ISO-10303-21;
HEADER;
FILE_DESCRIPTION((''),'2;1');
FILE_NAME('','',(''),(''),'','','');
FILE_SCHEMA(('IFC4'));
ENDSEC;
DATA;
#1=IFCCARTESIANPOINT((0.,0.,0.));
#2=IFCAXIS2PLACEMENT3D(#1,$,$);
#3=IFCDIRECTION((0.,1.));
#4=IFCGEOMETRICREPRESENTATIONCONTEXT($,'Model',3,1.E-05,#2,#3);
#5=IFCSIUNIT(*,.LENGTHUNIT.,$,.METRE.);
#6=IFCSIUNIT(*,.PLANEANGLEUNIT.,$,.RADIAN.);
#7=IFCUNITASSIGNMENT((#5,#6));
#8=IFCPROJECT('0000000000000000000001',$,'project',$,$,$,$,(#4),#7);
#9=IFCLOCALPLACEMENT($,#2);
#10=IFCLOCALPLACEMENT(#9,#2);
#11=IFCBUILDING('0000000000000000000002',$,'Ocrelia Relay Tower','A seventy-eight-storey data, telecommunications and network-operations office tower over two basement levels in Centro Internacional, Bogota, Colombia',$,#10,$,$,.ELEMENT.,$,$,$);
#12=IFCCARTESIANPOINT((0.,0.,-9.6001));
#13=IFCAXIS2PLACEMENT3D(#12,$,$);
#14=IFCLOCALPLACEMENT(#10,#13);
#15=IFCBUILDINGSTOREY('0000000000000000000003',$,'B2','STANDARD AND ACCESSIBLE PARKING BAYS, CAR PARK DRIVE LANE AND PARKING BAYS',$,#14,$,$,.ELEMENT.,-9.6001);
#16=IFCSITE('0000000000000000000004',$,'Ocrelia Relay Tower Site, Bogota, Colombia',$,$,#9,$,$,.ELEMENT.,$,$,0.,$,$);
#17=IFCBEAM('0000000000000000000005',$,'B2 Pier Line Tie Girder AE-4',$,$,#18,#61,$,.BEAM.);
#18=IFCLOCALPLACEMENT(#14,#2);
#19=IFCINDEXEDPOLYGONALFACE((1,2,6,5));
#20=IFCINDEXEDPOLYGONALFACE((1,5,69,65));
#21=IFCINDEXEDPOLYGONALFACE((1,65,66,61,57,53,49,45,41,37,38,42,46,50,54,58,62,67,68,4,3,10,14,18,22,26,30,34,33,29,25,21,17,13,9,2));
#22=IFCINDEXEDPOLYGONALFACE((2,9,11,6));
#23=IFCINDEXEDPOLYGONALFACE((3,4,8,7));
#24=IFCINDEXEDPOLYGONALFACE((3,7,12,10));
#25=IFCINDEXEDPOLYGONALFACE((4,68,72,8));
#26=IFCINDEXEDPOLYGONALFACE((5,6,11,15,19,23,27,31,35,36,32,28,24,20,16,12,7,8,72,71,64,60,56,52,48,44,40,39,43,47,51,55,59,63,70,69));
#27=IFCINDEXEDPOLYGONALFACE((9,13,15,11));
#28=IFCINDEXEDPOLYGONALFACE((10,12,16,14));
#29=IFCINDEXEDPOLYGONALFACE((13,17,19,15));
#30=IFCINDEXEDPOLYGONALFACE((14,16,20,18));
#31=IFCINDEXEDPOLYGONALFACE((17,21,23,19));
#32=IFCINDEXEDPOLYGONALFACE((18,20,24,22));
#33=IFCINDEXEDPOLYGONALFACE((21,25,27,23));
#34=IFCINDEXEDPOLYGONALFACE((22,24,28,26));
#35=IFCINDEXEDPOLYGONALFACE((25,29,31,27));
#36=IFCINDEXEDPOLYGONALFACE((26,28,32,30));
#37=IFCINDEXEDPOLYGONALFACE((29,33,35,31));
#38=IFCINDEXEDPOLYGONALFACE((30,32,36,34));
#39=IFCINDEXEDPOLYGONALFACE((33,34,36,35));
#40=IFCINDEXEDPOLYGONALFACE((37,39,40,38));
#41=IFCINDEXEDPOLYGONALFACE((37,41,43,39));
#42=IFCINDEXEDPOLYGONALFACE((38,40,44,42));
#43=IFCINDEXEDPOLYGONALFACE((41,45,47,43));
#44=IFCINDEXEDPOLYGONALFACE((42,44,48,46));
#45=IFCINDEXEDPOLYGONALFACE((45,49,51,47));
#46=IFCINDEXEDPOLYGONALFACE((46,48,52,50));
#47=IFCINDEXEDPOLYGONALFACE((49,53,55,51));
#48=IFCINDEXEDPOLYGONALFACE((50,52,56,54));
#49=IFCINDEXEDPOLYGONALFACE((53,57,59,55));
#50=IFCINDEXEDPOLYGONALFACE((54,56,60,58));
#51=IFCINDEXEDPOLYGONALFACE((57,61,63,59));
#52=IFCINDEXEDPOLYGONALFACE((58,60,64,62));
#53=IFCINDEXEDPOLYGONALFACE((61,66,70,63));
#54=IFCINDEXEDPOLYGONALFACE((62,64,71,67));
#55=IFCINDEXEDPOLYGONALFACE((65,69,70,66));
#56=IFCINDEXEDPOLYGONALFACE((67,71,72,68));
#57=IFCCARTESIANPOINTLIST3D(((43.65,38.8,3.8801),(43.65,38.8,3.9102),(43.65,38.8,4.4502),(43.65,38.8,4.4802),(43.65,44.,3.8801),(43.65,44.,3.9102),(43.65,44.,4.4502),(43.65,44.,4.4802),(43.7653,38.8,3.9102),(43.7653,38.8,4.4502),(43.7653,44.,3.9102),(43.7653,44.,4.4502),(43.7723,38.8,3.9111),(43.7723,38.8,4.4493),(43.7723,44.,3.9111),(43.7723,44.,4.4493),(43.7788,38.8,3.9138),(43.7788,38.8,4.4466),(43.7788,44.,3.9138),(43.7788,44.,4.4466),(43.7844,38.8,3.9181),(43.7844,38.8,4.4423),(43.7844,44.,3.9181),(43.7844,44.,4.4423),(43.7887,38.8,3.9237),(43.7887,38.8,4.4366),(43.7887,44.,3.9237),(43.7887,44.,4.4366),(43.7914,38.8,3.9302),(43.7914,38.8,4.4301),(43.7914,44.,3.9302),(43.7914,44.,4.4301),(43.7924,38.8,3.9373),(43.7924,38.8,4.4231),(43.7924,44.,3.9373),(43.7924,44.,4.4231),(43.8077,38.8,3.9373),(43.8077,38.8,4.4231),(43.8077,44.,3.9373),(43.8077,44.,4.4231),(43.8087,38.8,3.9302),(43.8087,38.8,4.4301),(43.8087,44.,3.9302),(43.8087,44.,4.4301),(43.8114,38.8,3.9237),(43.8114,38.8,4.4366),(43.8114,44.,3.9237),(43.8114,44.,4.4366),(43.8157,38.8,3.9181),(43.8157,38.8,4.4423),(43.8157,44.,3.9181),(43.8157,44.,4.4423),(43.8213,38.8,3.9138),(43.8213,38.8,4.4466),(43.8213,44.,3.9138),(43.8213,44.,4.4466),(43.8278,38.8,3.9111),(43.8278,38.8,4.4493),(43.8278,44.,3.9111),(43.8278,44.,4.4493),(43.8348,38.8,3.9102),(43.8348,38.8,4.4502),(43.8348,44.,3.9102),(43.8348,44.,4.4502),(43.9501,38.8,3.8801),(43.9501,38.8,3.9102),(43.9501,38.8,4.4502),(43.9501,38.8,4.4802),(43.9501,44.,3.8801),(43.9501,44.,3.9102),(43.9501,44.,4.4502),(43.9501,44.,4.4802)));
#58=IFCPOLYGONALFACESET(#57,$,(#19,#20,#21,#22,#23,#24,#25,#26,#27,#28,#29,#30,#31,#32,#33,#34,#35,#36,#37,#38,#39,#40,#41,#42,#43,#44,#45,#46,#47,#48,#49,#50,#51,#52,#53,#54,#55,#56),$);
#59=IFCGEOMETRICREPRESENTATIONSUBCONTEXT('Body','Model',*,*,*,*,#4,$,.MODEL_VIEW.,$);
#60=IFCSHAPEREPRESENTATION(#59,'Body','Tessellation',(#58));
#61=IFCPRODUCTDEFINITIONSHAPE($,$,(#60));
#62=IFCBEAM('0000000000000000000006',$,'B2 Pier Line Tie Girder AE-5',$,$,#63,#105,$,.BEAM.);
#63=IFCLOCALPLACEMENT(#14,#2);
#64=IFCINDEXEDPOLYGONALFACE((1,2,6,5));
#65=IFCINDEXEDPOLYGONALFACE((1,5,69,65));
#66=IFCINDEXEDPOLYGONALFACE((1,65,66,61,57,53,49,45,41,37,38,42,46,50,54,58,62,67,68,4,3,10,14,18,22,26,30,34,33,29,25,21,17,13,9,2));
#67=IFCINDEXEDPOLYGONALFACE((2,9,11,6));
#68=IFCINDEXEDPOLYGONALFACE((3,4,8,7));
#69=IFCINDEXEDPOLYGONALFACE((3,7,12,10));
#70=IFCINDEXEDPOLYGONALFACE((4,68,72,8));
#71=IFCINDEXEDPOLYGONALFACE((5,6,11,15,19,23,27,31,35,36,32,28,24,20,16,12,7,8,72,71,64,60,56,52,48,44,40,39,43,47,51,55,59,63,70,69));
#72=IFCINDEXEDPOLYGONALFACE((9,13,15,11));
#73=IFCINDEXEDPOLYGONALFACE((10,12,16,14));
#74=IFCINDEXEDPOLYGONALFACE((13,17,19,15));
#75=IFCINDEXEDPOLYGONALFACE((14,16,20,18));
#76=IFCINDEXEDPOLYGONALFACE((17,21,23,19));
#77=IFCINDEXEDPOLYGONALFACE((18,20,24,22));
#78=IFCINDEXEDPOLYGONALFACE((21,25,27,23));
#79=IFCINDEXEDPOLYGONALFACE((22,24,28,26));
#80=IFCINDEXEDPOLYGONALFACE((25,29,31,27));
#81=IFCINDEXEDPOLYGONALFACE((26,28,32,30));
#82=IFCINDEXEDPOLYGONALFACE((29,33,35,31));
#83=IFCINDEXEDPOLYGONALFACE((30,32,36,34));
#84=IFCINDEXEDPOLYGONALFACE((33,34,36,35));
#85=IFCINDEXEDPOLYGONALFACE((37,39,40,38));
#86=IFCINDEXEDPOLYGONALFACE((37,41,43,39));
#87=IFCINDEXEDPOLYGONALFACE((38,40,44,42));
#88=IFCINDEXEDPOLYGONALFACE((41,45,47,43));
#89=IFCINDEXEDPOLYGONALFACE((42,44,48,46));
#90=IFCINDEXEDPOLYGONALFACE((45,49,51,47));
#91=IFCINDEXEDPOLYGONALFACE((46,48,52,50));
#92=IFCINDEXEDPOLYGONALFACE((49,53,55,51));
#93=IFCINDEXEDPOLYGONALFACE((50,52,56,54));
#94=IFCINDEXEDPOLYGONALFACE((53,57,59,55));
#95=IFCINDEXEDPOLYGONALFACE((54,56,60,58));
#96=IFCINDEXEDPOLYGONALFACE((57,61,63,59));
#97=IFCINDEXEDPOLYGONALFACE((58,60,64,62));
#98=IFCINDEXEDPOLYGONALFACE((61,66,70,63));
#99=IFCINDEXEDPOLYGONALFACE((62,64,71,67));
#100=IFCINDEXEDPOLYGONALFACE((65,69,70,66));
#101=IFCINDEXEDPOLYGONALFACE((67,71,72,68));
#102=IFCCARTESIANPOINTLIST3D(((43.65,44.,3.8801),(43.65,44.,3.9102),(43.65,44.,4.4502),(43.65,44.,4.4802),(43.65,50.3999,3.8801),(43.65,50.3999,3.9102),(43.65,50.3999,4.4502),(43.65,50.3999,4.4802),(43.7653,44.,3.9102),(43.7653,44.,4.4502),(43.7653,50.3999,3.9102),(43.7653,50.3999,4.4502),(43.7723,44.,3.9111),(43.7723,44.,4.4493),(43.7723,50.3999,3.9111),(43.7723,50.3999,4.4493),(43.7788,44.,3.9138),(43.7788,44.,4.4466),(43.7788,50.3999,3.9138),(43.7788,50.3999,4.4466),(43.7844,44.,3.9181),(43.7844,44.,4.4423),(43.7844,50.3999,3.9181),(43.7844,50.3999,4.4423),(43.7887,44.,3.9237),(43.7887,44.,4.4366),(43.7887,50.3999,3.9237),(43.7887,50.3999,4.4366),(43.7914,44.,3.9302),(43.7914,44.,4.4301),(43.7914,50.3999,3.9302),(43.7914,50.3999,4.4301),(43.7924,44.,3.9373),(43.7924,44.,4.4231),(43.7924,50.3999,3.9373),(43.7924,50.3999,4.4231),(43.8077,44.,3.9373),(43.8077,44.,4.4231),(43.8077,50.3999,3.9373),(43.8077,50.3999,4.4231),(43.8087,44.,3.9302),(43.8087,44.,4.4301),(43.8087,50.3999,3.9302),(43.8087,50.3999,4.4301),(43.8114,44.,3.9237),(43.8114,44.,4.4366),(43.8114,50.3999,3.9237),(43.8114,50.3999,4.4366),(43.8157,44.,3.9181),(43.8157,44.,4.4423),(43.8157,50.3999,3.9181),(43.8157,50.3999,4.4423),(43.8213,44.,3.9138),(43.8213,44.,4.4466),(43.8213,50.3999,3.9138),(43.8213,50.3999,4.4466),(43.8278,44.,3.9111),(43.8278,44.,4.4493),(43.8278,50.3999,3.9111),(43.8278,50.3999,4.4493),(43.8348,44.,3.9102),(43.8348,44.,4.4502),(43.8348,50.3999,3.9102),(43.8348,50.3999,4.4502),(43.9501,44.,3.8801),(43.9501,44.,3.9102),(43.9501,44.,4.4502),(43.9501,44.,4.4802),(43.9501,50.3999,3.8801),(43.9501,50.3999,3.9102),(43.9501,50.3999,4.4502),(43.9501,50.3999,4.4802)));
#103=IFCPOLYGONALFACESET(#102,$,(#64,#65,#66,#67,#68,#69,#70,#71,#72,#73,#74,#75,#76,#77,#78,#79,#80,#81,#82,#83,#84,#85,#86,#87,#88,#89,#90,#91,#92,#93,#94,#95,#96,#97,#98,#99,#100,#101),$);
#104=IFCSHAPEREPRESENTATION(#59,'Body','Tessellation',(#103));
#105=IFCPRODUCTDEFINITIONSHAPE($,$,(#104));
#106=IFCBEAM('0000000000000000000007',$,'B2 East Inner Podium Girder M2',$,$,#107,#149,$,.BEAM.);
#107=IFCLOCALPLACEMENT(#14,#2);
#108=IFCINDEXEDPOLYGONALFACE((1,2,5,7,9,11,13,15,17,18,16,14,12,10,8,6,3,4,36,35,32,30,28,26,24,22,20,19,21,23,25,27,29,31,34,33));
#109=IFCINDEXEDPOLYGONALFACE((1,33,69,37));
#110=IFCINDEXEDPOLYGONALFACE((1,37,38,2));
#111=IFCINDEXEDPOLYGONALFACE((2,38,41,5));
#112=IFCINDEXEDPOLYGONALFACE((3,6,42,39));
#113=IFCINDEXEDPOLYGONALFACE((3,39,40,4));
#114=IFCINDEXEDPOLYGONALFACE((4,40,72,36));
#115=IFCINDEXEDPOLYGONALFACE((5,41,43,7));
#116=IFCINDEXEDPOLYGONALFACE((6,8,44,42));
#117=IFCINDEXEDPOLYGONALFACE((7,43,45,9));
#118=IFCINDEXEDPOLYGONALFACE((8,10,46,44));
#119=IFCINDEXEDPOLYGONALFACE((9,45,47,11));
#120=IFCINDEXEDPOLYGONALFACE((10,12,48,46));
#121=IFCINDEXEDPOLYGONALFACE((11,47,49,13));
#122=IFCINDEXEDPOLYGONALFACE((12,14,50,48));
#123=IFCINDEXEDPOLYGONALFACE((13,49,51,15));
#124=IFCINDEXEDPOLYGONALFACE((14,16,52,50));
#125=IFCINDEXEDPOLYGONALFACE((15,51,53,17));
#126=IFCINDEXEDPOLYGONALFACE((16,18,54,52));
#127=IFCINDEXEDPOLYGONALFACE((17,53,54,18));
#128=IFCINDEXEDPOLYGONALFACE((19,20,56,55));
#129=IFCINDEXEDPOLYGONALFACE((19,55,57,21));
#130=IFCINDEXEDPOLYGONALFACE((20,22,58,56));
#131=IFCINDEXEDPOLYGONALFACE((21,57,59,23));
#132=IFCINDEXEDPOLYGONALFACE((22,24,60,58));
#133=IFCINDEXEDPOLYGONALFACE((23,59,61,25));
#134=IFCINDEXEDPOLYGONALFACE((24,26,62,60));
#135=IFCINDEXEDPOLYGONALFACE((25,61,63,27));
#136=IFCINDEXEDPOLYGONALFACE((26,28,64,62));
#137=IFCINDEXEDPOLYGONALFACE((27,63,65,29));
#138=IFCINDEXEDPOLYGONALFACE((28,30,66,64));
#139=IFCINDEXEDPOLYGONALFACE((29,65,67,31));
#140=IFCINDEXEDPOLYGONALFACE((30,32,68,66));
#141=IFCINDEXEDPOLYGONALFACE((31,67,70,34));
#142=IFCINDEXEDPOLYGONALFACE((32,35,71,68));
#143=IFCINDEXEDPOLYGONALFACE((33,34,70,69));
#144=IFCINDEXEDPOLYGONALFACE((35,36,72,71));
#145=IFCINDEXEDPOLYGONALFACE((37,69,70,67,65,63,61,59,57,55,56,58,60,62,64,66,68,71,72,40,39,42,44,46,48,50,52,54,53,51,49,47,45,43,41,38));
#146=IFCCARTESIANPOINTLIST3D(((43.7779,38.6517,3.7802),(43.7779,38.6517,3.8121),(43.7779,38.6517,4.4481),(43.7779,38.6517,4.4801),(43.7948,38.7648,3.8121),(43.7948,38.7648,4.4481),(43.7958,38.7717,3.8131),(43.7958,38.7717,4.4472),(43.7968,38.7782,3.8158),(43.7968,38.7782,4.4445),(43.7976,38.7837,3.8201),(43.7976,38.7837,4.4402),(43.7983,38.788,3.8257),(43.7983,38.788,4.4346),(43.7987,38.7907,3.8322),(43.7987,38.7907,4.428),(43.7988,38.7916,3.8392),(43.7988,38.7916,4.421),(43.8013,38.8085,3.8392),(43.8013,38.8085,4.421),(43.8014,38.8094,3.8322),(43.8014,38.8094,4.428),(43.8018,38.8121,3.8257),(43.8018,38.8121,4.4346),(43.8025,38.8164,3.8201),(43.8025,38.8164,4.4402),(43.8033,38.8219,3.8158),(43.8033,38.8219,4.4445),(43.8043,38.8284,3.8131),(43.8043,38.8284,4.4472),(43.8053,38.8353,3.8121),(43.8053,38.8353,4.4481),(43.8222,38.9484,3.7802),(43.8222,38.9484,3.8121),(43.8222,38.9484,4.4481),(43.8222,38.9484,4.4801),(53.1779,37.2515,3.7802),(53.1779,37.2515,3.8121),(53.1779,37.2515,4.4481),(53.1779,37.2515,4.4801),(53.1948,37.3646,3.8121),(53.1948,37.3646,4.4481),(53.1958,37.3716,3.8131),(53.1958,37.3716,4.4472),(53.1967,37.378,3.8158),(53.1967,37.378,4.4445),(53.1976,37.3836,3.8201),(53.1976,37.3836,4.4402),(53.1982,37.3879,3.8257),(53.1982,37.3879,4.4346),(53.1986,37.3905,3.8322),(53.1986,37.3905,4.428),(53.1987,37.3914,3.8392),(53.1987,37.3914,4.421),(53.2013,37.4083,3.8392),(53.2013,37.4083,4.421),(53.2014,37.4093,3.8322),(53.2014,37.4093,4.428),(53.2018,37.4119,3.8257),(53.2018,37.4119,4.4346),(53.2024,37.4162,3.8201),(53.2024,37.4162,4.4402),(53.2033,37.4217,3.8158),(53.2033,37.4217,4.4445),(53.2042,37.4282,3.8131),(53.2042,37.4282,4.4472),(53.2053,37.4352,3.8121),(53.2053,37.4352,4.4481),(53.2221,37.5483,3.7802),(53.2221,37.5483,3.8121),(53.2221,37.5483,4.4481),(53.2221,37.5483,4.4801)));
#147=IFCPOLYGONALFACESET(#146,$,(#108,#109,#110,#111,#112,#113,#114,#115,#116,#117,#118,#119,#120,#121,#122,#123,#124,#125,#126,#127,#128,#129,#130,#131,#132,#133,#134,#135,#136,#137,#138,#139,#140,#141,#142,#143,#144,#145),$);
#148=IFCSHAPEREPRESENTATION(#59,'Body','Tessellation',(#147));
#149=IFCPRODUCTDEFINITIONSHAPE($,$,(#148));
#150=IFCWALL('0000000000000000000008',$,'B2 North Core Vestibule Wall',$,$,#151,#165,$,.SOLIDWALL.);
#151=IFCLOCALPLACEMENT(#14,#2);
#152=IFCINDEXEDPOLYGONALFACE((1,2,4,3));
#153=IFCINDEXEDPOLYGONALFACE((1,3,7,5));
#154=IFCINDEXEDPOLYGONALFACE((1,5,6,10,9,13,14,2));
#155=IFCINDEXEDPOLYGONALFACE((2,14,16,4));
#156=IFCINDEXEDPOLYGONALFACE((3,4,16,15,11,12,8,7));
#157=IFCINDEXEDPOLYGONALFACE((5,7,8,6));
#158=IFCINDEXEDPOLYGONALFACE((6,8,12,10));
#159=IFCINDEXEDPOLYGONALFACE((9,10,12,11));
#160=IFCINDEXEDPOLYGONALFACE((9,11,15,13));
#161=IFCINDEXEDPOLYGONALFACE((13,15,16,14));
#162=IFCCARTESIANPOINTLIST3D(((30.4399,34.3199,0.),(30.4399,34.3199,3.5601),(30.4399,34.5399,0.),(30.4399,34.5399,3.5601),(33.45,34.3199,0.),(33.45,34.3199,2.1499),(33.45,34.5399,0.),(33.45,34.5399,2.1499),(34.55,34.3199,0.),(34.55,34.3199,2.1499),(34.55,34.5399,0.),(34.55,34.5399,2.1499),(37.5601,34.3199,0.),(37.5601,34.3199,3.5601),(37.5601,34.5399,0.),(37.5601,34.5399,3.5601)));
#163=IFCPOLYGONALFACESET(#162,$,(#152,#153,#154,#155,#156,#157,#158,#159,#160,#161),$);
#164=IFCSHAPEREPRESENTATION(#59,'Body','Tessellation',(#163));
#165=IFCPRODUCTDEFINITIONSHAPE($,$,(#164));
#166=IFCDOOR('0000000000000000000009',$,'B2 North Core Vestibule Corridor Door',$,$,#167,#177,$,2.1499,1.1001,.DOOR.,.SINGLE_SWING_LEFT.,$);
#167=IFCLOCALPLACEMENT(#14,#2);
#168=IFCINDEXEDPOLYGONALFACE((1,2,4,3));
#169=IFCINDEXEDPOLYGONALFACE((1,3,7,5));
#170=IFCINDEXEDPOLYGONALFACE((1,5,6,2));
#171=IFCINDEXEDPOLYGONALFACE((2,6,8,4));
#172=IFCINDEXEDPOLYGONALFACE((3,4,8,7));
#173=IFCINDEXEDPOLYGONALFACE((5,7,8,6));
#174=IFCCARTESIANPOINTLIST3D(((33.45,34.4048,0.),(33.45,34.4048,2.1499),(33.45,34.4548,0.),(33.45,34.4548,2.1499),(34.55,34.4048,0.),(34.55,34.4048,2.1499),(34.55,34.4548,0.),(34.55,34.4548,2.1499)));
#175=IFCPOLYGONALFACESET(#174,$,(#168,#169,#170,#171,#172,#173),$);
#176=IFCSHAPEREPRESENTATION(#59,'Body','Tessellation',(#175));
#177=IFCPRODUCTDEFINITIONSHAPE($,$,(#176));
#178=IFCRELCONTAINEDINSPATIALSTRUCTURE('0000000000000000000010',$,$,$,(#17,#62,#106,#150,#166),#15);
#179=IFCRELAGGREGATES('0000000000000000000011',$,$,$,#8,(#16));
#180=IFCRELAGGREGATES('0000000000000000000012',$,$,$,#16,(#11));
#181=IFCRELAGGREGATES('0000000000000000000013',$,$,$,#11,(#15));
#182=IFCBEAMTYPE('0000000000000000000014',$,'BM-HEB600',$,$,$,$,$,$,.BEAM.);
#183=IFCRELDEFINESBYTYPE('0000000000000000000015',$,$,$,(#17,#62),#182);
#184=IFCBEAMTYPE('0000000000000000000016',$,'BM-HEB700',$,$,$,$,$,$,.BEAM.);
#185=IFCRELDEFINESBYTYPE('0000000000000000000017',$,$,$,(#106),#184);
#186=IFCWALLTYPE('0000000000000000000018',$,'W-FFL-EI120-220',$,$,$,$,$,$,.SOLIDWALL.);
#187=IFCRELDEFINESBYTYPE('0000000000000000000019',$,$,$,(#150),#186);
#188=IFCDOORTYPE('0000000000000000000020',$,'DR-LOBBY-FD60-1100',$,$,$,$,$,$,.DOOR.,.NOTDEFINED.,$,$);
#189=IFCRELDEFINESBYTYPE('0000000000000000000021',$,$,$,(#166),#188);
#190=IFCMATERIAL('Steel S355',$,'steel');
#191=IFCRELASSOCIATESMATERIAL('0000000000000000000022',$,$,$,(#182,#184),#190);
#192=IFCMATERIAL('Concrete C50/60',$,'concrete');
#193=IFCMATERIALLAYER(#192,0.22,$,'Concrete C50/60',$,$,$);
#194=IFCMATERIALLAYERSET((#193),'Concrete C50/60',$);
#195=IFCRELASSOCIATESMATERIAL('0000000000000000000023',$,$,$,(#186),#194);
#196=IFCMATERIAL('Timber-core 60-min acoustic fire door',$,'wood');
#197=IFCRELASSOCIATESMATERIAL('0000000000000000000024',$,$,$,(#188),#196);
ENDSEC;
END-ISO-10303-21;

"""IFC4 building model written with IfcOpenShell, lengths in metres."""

from ifc_helpers import new_model, si_unit, direction, frame, frame_2d, origin, origin_2d, place, context, subcontext, project, spatial, rectangle, i_section, extrude, material, layer, layer_set, material_profile, profile_set, type_object, element, fill, save


model = new_model("IFC4")

# Units and contexts
model_context = context("Model", 3, precision=1e-05, world=origin(), true_north=direction((0.0, 1.0)))
body_context = subcontext(model_context, "Body", "Model", "MODEL_VIEW")
ifc_project = project(units=[si_unit("LENGTHUNIT", "METRE"), si_unit("PLANEANGLEUNIT", "RADIAN")], contexts=[model_context])

# Site, building, storey
site_placement = place(None, origin())
site = spatial("IfcSite", under=ifc_project, at=site_placement, Name="Ocrelia Relay Tower Site, Bogota, Colombia", CompositionType="ELEMENT", RefElevation=0.0)
building_placement = place(site_placement, origin())
building = spatial("IfcBuilding", under=site, at=building_placement, Name="Ocrelia Relay Tower", Description="A seventy-eight-storey data, telecommunications and network-operations office tower over two basement levels in Centro Internacional, Bogota, Colombia", CompositionType="ELEMENT")
storey_placement = place(building_placement, frame((0.0, 0.0, -9.6001)))
storey = spatial("IfcBuildingStorey", under=building, at=storey_placement, Name="B2", Description="STANDARD AND ACCESSIBLE PARKING BAYS, CAR PARK DRIVE LANE AND PARKING BAYS", CompositionType="ELEMENT", Elevation=-9.6001)

# Shared definitions
ifc_material_1 = material(Name="Concrete C50/60", Category="concrete")

# Beams
ifc_material_2 = material(Name="Steel S355", Category="steel")
ifc_material_profile_1 = material_profile(ifc_material_2, i_section(OverallWidth=0.3, OverallDepth=0.6001, WebThickness=0.0154, FlangeThickness=0.03, FilletRadius=0.0271, at=origin_2d()), Name="HEB 600")
ifc_profile_set_1 = profile_set([ifc_material_profile_1], Name="Steel S355")
beam_type_1 = type_object("IfcBeamType", Name="BM-HEB600", PredefinedType="BEAM", material=ifc_profile_set_1)
beam_1_placement = place(storey_placement, frame((43.8, 38.8, 4.1802), z_axis=(0.0, 1.0, 0.0), x_axis=(-1.0, 0.0, 0.0)))
element("IfcBeam", 1, at=beam_1_placement, inside=storey, type_object=beam_type_1, Name="B2 Pier Line Tie Girder AE-4", PredefinedType="BEAM", context=body_context, shape_type="SweptSolid", body=[
    extrude(i_section(OverallWidth=0.3, OverallDepth=0.6001, WebThickness=0.0154, FlangeThickness=0.03, FilletRadius=0.0271, at=origin_2d()), origin(), (0.0, 0.0, 1.0), 5.2),
])
beam_2_placement = place(storey_placement, frame((43.8, 44.0, 4.1802), z_axis=(0.0, 1.0, 0.0), x_axis=(-1.0, 0.0, 0.0)))
element("IfcBeam", 2, at=beam_2_placement, inside=storey, type_object=beam_type_1, Name="B2 Pier Line Tie Girder AE-5", PredefinedType="BEAM", context=body_context, shape_type="SweptSolid", body=[
    extrude(i_section(OverallWidth=0.3, OverallDepth=0.6001, WebThickness=0.0154, FlangeThickness=0.03, FilletRadius=0.0271, at=origin_2d()), origin(), (0.0, 0.0, 1.0), 6.3999),
])
ifc_material_profile_2 = material_profile(ifc_material_2, i_section(OverallWidth=0.3, OverallDepth=0.7, WebThickness=0.0171, FlangeThickness=0.032, FilletRadius=0.0271, at=origin_2d()), Name="HEB 700")
ifc_profile_set_2 = profile_set([ifc_material_profile_2], Name="Steel S355")
beam_type_2 = type_object("IfcBeamType", Name="BM-HEB700", PredefinedType="BEAM", material=ifc_profile_set_2)
beam_3_placement = place(storey_placement, frame((43.8, 38.8, 4.1301), z_axis=(0.989088, -0.147328, 0.0), x_axis=(0.147328, 0.989088, 0.0)))
element("IfcBeam", 3, at=beam_3_placement, inside=storey, type_object=beam_type_2, Name="B2 East Inner Podium Girder M2", PredefinedType="BEAM", context=body_context, shape_type="SweptSolid", body=[
    extrude(i_section(OverallWidth=0.3, OverallDepth=0.7, WebThickness=0.0171, FlangeThickness=0.032, FilletRadius=0.0271, at=origin_2d()), origin(), (0.0, 0.0, 1.0), 9.5037),
])

# Wall, opening, door
ifc_layer_1 = layer(ifc_material_1, 0.22, Name="Concrete C50/60")
ifc_layer_set_1 = layer_set([ifc_layer_1], Name="Concrete C50/60")
wall_type_1 = type_object("IfcWallType", Name="W-FFL-EI120-220", PredefinedType="SOLIDWALL", material=ifc_layer_set_1)
ifc_material_3 = material(Name="Timber-core 60-min acoustic fire door", Category="wood")
door_type = type_object("IfcDoorType", Name="DR-LOBBY-FD60-1100", OperationType="NOTDEFINED", PredefinedType="DOOR", material=ifc_material_3)
wall_1_placement = place(storey_placement, frame((30.4399, 34.4299, 0.0), z_axis=(0.0, 0.0, 1.0), x_axis=(1.0, 0.0, 0.0)))
wall_1 = element("IfcWall", 4, at=wall_1_placement, inside=storey, type_object=wall_type_1, Name="B2 North Core Vestibule Wall", PredefinedType="SOLIDWALL", context=body_context, shape_type="SweptSolid", body=[
    extrude(rectangle(XDim=7.1201, YDim=0.22, at=frame_2d((3.5601, 0.0))), origin(), (0.0, 0.0, 1.0), 3.5601),
])
opening_1_placement = place(wall_1_placement, frame((3.01, 0.0, 0.0)))
opening_1 = element("IfcOpeningElement", 5, at=opening_1_placement, cuts=wall_1, PredefinedType="OPENING", context=body_context, shape_type="SweptSolid", body=[
    extrude(rectangle(XDim=1.1001, YDim=2.1499, at=frame_2d((0.55, 1.075))), frame((0.0, 0.1201, 0.0), z_axis=(0.0, -1.0, 0.0), x_axis=(1.0, 0.0, 0.0)), (0.0, 0.0, 1.0), 0.24),
])
door_1_placement = place(opening_1_placement, origin())
door_1 = element("IfcDoor", 6, at=door_1_placement, inside=storey, type_object=door_type, Name="B2 North Core Vestibule Corridor Door", OperationType="SINGLE_SWING_LEFT", OverallHeight=2.1499, OverallWidth=1.1001, PredefinedType="DOOR", context=body_context, shape_type="SweptSolid", body=[
    extrude(rectangle(XDim=1.1001, YDim=2.1499, at=frame_2d((0.55, 1.075))), frame((0.0, 0.0249, 0.0), z_axis=(0.0, -1.0, 0.0), x_axis=(1.0, 0.0, 0.0)), (0.0, 0.0, 1.0), 0.05),
])
fill(opening_1, door_1)

save(model, "model.ifc")
